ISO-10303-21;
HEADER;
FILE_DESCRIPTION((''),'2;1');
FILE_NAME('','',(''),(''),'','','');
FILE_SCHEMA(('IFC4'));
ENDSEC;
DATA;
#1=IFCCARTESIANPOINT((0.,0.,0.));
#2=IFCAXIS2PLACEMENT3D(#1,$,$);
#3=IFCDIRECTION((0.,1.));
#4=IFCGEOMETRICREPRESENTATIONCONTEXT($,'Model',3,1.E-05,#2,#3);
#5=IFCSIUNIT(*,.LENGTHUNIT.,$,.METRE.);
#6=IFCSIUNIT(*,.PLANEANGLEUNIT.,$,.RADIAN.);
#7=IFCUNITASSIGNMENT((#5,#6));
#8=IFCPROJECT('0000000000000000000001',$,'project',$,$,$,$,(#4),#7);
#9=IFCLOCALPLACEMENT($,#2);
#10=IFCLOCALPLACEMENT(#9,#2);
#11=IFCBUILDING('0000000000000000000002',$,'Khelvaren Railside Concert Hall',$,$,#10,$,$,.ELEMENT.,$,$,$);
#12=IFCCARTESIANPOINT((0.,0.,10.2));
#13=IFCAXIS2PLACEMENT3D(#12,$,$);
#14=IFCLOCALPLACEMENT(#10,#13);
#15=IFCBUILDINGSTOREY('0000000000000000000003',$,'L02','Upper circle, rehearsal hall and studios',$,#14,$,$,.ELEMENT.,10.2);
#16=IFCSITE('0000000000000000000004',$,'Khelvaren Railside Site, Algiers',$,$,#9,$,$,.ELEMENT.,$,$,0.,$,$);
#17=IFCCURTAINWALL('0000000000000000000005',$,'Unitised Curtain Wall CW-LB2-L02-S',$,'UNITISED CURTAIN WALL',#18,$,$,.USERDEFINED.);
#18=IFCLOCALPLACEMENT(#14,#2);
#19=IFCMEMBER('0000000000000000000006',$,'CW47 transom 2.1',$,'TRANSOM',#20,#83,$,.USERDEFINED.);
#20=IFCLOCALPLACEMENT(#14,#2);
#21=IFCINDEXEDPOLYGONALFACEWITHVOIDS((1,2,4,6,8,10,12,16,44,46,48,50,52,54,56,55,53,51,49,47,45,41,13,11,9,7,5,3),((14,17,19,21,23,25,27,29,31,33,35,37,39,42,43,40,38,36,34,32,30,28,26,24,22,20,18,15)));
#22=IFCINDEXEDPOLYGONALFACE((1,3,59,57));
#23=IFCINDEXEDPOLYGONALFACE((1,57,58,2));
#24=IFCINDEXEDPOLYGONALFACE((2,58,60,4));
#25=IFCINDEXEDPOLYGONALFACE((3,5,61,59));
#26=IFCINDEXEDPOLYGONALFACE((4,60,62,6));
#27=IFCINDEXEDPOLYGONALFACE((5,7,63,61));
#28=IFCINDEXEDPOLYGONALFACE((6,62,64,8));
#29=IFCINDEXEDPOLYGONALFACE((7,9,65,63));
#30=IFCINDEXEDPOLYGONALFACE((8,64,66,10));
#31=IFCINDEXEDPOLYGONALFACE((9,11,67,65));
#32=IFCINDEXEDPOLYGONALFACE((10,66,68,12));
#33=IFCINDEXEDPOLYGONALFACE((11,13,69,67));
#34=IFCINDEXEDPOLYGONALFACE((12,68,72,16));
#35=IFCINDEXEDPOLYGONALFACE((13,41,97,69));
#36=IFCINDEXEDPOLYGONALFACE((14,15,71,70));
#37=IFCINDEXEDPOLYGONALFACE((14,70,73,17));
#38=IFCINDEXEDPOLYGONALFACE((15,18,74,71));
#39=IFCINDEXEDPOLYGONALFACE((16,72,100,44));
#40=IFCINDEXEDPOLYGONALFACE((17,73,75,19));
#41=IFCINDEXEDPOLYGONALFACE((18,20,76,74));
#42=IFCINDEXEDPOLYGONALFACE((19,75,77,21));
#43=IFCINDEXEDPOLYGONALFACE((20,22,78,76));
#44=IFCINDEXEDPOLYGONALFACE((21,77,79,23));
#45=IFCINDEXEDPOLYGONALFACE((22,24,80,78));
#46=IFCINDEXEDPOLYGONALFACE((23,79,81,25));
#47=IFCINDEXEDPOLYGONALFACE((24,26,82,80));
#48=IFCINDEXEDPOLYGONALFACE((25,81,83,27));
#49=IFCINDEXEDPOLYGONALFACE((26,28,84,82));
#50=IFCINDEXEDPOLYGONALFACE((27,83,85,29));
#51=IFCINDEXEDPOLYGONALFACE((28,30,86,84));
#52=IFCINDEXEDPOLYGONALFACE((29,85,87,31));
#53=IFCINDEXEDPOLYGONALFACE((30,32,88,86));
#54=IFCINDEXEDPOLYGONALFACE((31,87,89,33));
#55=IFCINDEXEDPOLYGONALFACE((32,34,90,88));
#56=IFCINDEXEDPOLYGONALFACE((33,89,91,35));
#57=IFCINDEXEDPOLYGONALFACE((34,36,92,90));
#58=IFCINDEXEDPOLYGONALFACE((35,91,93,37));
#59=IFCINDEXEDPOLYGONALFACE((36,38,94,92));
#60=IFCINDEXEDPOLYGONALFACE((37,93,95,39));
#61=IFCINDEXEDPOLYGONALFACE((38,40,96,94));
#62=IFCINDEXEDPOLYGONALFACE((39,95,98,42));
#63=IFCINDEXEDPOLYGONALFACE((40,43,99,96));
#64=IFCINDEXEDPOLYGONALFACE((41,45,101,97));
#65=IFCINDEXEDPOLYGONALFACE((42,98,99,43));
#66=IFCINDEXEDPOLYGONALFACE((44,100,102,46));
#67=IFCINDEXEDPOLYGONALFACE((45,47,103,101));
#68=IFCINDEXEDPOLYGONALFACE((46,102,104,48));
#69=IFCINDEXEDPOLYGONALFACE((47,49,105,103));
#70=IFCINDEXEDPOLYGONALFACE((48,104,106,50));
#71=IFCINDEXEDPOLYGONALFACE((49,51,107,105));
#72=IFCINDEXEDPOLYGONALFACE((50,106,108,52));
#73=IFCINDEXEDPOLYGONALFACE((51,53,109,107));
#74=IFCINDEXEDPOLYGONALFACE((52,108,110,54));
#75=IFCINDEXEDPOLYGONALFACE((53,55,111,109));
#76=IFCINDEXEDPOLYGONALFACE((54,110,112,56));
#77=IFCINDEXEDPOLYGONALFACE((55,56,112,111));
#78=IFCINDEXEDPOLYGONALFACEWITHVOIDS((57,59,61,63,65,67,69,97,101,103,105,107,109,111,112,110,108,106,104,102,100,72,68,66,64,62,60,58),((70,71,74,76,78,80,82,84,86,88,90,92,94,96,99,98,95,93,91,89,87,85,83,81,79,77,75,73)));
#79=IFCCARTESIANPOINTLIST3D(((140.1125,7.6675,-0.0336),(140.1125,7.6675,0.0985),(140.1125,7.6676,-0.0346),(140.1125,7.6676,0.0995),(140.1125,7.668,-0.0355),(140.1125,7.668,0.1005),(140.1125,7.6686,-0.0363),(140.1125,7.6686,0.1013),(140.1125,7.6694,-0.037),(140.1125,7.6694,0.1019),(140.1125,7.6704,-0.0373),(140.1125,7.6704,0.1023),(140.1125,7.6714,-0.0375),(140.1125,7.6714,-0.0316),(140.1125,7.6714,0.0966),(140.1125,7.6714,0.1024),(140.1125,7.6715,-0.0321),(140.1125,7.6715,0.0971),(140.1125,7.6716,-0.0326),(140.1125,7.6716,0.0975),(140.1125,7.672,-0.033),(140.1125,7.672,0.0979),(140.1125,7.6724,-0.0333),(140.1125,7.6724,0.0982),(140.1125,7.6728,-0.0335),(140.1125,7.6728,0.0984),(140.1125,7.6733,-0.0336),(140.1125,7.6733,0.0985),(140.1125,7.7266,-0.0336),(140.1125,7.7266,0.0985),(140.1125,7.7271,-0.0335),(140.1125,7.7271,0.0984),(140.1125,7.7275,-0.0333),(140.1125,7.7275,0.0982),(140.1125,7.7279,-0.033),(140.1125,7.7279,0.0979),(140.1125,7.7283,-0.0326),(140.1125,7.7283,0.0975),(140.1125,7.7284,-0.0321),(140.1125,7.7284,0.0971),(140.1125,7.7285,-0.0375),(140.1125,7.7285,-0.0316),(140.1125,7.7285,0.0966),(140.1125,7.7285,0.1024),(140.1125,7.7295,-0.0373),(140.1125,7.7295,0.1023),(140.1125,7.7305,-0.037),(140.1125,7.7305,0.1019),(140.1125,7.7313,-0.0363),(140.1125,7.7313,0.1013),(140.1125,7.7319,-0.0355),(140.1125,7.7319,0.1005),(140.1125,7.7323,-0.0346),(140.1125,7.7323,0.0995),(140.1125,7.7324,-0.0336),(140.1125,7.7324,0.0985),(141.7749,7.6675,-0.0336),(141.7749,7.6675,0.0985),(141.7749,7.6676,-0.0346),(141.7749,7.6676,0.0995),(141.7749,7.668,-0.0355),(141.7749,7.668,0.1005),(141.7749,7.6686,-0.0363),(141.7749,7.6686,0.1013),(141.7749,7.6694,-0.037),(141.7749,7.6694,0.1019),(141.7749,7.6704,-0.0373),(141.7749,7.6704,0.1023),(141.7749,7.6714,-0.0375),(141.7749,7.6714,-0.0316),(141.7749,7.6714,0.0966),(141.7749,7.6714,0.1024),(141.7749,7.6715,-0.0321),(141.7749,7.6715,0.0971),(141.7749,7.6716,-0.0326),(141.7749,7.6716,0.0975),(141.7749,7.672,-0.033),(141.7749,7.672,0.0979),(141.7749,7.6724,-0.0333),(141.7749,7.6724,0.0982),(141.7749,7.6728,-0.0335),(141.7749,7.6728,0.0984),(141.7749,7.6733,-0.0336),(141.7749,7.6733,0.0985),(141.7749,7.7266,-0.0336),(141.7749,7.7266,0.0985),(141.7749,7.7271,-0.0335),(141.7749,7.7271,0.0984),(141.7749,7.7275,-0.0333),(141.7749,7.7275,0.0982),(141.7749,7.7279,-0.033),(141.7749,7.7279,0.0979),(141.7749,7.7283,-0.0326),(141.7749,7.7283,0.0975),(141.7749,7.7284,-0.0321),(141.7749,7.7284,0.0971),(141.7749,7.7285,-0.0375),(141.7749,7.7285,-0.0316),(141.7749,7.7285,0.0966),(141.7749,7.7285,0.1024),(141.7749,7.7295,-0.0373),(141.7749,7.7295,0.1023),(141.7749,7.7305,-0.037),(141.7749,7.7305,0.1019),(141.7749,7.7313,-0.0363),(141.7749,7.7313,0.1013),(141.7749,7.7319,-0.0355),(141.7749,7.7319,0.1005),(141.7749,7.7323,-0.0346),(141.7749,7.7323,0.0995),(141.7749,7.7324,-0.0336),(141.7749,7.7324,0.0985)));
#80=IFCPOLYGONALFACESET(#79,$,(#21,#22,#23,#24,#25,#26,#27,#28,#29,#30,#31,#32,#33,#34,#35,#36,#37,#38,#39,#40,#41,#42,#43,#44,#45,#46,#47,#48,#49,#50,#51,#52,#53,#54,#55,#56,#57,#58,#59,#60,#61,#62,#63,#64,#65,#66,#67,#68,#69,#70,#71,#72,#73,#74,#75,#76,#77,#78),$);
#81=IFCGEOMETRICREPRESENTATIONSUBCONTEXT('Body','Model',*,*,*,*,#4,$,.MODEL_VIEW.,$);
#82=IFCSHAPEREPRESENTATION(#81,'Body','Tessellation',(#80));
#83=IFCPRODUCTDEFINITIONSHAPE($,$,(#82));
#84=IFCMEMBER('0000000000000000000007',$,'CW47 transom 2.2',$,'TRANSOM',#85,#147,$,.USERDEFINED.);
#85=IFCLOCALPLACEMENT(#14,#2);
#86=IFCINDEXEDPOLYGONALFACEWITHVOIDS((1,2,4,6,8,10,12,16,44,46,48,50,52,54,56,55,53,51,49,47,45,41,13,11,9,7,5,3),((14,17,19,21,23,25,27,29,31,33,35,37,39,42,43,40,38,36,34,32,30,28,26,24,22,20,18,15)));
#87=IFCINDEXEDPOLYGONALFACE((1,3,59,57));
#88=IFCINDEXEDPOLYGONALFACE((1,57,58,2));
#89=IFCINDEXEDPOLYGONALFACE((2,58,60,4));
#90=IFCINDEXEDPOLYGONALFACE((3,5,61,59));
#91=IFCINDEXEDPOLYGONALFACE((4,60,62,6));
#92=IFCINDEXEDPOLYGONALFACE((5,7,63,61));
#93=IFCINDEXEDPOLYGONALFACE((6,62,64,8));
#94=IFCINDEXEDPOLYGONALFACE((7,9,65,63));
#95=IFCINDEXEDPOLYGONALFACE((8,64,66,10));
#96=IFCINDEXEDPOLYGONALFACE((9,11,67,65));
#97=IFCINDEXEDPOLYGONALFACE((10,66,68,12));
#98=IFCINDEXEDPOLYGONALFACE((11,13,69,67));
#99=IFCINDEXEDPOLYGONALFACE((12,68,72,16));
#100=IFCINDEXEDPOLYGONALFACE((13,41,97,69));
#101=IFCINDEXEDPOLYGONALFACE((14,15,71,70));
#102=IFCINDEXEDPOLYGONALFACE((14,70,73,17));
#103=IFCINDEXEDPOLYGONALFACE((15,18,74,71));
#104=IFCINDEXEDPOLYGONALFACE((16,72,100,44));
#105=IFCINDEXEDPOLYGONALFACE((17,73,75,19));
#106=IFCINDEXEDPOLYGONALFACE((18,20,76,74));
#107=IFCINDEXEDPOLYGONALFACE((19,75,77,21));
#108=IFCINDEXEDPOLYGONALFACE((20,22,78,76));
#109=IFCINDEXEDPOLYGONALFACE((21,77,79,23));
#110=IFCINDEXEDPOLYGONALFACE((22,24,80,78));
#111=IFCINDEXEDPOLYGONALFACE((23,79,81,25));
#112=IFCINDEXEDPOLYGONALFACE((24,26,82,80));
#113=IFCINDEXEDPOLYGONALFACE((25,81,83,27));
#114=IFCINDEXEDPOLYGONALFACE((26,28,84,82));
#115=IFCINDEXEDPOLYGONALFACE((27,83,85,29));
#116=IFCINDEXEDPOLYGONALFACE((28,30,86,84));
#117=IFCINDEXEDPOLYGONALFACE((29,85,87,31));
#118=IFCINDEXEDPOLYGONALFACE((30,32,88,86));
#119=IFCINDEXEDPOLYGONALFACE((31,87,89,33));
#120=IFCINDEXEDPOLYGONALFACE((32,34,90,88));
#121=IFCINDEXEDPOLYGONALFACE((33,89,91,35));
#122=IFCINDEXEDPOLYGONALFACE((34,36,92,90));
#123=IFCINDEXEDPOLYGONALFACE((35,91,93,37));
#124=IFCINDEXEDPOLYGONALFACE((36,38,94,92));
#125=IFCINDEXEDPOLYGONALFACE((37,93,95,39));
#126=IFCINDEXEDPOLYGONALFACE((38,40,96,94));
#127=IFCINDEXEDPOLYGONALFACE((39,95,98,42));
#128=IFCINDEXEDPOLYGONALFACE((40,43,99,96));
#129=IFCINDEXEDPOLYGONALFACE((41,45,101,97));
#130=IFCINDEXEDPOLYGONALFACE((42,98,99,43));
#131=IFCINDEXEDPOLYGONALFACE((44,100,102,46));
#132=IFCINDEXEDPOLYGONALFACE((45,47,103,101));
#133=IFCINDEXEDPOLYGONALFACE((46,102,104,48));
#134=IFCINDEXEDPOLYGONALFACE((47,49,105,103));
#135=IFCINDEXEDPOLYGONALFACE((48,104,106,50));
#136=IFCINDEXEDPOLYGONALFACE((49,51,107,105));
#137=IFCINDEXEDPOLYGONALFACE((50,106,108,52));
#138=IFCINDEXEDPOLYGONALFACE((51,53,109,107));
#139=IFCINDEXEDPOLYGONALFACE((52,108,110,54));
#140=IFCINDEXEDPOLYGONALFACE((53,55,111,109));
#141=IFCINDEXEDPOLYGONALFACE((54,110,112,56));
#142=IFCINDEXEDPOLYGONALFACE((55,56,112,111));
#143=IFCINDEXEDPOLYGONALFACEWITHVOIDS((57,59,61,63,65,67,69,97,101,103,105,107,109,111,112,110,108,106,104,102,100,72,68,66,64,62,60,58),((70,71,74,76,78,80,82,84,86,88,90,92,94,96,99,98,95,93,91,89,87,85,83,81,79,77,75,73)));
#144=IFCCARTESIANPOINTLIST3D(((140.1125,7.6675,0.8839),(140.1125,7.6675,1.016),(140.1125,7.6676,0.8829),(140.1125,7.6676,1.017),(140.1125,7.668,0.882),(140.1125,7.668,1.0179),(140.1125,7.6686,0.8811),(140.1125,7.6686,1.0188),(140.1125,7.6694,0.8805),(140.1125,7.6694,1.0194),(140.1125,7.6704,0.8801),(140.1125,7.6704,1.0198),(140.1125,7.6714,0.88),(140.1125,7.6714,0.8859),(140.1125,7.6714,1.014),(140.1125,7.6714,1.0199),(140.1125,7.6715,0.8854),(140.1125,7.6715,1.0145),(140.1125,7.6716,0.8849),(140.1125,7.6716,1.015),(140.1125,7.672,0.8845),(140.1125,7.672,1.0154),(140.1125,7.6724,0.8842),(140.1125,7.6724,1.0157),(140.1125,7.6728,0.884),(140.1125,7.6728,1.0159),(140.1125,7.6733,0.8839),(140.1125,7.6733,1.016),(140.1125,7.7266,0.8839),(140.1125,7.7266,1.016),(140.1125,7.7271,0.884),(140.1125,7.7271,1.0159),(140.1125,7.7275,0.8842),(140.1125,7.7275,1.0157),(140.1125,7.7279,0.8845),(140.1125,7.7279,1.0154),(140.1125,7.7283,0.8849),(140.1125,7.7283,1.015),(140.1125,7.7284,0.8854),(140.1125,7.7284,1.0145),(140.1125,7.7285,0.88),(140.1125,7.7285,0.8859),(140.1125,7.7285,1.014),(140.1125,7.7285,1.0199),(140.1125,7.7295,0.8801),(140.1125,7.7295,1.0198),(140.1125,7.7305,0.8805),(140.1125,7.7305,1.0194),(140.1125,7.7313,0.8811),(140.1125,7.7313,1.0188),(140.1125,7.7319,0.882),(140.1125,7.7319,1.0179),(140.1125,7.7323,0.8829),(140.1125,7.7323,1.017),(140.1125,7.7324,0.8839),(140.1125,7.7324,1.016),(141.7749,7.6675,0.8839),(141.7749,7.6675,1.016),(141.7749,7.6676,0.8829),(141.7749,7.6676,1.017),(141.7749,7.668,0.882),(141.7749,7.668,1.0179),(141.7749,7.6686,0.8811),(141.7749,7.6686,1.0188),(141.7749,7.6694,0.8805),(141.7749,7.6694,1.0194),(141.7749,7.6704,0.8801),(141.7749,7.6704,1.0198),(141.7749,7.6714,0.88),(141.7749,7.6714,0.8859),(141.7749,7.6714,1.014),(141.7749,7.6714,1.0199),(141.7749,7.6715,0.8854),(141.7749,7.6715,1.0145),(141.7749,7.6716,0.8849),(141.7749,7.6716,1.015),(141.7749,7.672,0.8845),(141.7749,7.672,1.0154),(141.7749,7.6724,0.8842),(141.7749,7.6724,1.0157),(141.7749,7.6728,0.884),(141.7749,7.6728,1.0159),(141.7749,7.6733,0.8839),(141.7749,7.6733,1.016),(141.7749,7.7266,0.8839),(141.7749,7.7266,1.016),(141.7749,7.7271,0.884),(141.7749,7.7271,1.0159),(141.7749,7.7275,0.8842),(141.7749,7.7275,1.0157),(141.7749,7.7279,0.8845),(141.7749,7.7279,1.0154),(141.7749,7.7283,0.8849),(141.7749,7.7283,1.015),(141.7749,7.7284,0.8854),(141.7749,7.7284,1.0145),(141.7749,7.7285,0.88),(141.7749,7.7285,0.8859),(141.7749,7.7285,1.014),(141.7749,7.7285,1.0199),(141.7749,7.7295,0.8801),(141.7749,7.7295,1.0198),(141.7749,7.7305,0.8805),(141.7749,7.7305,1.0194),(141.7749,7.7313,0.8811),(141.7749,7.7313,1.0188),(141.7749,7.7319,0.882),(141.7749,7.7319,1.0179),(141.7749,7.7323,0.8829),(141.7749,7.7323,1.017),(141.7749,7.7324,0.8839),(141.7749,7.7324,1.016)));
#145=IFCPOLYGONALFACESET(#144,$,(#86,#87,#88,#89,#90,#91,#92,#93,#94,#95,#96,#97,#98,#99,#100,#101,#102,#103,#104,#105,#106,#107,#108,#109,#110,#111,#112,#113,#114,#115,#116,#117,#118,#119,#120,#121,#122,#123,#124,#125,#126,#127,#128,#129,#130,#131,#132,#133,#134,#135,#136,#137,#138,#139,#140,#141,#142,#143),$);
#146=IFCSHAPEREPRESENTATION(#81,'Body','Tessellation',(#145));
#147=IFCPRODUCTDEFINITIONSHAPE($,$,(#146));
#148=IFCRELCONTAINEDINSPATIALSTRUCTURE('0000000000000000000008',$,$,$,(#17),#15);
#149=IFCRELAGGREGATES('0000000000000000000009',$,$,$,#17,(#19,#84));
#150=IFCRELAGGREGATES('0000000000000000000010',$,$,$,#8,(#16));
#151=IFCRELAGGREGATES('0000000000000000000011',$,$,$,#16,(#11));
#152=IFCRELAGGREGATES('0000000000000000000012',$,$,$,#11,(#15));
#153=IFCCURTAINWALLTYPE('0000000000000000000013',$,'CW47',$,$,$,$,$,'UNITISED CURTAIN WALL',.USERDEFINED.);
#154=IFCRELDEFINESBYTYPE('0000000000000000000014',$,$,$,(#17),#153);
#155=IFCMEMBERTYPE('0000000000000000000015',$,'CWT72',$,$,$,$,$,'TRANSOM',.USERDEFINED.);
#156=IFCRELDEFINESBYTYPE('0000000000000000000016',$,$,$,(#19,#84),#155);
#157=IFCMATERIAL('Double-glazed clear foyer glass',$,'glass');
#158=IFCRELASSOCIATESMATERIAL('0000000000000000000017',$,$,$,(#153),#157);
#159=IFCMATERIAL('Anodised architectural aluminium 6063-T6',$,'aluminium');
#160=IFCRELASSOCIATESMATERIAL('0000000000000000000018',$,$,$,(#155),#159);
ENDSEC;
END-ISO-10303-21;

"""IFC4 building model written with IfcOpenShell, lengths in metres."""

from ifc_helpers import new_model, si_unit, direction, frame, origin, origin_2d, place, context, subcontext, project, spatial, hollow_rectangle, extrude, material, material_profile, profile_set, type_object, element, aggregate, save


model = new_model("IFC4")

# Units and contexts
model_context = context("Model", 3, precision=1e-05, world=origin(), true_north=direction((0.0, 1.0)))
body_context = subcontext(model_context, "Body", "Model", "MODEL_VIEW")
ifc_project = project(units=[si_unit("LENGTHUNIT", "METRE"), si_unit("PLANEANGLEUNIT", "RADIAN")], contexts=[model_context])

# Site, building, storey
site_placement = place(None, origin())
site = spatial("IfcSite", under=ifc_project, at=site_placement, Name="Khelvaren Railside Site, Algiers", CompositionType="ELEMENT", RefElevation=0.0)
building_placement = place(site_placement, origin())
building = spatial("IfcBuilding", under=site, at=building_placement, Name="Khelvaren Railside Concert Hall", CompositionType="ELEMENT")
storey_placement = place(building_placement, frame((0.0, 0.0, 10.2)))
storey = spatial("IfcBuildingStorey", under=building, at=storey_placement, Name="L02", Description="Upper circle, rehearsal hall and studios", CompositionType="ELEMENT", Elevation=10.2)

# Curtain wall
ifc_material_1 = material(Name="Double-glazed clear foyer glass", Category="glass")
curtain_wall_type = type_object("IfcCurtainWallType", Name="CW47", ElementType="UNITISED CURTAIN WALL", PredefinedType="USERDEFINED", material=ifc_material_1)
curtain_wall_1_placement = place(storey_placement, origin())
curtain_wall_1 = element("IfcCurtainWall", 1, at=curtain_wall_1_placement, inside=storey, type_object=curtain_wall_type, Name="Unitised Curtain Wall CW-LB2-L02-S", ObjectType="UNITISED CURTAIN WALL", PredefinedType="USERDEFINED")
ifc_material_2 = material(Name="Anodised architectural aluminium 6063-T6", Category="aluminium")

# Members
ifc_material_profile_1 = material_profile(ifc_material_2, hollow_rectangle(XDim=0.0649, YDim=0.1399, WallThickness=0.0039, InnerFilletRadius=0.002, OuterFilletRadius=0.0039, at=origin_2d()), Name="CWT 65x140x4")
ifc_profile_set_1 = profile_set([ifc_material_profile_1], Name="Anodised architectural aluminium 6063-T6")
member_type_1 = type_object("IfcMemberType", Name="CWT72", ElementType="TRANSOM", PredefinedType="USERDEFINED", material=ifc_profile_set_1)
member_1_placement = place(storey_placement, frame((141.7749, 7.7, 0.0325), z_axis=(-1.0, 0.0, 0.0), x_axis=(0.0, -1.0, 0.0)))
member_1 = element("IfcMember", 2, at=member_1_placement, type_object=member_type_1, Name="CW47 transom 2.1", ObjectType="TRANSOM", PredefinedType="USERDEFINED", context=body_context, shape_type="SweptSolid", body=[
    extrude(hollow_rectangle(XDim=0.0649, YDim=0.1399, WallThickness=0.0039, InnerFilletRadius=0.002, OuterFilletRadius=0.0039, at=origin_2d()), origin(), (0.0, 0.0, 1.0), 1.6624),
])
member_2_placement = place(storey_placement, frame((141.7749, 7.7, 0.95), z_axis=(-1.0, 0.0, 0.0), x_axis=(0.0, -1.0, 0.0)))
member_2 = element("IfcMember", 3, at=member_2_placement, type_object=member_type_1, Name="CW47 transom 2.2", ObjectType="TRANSOM", PredefinedType="USERDEFINED", context=body_context, shape_type="SweptSolid", body=[
    extrude(hollow_rectangle(XDim=0.0649, YDim=0.1399, WallThickness=0.0039, InnerFilletRadius=0.002, OuterFilletRadius=0.0039, at=origin_2d()), origin(), (0.0, 0.0, 1.0), 1.6624),
])

aggregate(curtain_wall_1, [member_1, member_2])

save(model, "model.ifc")
